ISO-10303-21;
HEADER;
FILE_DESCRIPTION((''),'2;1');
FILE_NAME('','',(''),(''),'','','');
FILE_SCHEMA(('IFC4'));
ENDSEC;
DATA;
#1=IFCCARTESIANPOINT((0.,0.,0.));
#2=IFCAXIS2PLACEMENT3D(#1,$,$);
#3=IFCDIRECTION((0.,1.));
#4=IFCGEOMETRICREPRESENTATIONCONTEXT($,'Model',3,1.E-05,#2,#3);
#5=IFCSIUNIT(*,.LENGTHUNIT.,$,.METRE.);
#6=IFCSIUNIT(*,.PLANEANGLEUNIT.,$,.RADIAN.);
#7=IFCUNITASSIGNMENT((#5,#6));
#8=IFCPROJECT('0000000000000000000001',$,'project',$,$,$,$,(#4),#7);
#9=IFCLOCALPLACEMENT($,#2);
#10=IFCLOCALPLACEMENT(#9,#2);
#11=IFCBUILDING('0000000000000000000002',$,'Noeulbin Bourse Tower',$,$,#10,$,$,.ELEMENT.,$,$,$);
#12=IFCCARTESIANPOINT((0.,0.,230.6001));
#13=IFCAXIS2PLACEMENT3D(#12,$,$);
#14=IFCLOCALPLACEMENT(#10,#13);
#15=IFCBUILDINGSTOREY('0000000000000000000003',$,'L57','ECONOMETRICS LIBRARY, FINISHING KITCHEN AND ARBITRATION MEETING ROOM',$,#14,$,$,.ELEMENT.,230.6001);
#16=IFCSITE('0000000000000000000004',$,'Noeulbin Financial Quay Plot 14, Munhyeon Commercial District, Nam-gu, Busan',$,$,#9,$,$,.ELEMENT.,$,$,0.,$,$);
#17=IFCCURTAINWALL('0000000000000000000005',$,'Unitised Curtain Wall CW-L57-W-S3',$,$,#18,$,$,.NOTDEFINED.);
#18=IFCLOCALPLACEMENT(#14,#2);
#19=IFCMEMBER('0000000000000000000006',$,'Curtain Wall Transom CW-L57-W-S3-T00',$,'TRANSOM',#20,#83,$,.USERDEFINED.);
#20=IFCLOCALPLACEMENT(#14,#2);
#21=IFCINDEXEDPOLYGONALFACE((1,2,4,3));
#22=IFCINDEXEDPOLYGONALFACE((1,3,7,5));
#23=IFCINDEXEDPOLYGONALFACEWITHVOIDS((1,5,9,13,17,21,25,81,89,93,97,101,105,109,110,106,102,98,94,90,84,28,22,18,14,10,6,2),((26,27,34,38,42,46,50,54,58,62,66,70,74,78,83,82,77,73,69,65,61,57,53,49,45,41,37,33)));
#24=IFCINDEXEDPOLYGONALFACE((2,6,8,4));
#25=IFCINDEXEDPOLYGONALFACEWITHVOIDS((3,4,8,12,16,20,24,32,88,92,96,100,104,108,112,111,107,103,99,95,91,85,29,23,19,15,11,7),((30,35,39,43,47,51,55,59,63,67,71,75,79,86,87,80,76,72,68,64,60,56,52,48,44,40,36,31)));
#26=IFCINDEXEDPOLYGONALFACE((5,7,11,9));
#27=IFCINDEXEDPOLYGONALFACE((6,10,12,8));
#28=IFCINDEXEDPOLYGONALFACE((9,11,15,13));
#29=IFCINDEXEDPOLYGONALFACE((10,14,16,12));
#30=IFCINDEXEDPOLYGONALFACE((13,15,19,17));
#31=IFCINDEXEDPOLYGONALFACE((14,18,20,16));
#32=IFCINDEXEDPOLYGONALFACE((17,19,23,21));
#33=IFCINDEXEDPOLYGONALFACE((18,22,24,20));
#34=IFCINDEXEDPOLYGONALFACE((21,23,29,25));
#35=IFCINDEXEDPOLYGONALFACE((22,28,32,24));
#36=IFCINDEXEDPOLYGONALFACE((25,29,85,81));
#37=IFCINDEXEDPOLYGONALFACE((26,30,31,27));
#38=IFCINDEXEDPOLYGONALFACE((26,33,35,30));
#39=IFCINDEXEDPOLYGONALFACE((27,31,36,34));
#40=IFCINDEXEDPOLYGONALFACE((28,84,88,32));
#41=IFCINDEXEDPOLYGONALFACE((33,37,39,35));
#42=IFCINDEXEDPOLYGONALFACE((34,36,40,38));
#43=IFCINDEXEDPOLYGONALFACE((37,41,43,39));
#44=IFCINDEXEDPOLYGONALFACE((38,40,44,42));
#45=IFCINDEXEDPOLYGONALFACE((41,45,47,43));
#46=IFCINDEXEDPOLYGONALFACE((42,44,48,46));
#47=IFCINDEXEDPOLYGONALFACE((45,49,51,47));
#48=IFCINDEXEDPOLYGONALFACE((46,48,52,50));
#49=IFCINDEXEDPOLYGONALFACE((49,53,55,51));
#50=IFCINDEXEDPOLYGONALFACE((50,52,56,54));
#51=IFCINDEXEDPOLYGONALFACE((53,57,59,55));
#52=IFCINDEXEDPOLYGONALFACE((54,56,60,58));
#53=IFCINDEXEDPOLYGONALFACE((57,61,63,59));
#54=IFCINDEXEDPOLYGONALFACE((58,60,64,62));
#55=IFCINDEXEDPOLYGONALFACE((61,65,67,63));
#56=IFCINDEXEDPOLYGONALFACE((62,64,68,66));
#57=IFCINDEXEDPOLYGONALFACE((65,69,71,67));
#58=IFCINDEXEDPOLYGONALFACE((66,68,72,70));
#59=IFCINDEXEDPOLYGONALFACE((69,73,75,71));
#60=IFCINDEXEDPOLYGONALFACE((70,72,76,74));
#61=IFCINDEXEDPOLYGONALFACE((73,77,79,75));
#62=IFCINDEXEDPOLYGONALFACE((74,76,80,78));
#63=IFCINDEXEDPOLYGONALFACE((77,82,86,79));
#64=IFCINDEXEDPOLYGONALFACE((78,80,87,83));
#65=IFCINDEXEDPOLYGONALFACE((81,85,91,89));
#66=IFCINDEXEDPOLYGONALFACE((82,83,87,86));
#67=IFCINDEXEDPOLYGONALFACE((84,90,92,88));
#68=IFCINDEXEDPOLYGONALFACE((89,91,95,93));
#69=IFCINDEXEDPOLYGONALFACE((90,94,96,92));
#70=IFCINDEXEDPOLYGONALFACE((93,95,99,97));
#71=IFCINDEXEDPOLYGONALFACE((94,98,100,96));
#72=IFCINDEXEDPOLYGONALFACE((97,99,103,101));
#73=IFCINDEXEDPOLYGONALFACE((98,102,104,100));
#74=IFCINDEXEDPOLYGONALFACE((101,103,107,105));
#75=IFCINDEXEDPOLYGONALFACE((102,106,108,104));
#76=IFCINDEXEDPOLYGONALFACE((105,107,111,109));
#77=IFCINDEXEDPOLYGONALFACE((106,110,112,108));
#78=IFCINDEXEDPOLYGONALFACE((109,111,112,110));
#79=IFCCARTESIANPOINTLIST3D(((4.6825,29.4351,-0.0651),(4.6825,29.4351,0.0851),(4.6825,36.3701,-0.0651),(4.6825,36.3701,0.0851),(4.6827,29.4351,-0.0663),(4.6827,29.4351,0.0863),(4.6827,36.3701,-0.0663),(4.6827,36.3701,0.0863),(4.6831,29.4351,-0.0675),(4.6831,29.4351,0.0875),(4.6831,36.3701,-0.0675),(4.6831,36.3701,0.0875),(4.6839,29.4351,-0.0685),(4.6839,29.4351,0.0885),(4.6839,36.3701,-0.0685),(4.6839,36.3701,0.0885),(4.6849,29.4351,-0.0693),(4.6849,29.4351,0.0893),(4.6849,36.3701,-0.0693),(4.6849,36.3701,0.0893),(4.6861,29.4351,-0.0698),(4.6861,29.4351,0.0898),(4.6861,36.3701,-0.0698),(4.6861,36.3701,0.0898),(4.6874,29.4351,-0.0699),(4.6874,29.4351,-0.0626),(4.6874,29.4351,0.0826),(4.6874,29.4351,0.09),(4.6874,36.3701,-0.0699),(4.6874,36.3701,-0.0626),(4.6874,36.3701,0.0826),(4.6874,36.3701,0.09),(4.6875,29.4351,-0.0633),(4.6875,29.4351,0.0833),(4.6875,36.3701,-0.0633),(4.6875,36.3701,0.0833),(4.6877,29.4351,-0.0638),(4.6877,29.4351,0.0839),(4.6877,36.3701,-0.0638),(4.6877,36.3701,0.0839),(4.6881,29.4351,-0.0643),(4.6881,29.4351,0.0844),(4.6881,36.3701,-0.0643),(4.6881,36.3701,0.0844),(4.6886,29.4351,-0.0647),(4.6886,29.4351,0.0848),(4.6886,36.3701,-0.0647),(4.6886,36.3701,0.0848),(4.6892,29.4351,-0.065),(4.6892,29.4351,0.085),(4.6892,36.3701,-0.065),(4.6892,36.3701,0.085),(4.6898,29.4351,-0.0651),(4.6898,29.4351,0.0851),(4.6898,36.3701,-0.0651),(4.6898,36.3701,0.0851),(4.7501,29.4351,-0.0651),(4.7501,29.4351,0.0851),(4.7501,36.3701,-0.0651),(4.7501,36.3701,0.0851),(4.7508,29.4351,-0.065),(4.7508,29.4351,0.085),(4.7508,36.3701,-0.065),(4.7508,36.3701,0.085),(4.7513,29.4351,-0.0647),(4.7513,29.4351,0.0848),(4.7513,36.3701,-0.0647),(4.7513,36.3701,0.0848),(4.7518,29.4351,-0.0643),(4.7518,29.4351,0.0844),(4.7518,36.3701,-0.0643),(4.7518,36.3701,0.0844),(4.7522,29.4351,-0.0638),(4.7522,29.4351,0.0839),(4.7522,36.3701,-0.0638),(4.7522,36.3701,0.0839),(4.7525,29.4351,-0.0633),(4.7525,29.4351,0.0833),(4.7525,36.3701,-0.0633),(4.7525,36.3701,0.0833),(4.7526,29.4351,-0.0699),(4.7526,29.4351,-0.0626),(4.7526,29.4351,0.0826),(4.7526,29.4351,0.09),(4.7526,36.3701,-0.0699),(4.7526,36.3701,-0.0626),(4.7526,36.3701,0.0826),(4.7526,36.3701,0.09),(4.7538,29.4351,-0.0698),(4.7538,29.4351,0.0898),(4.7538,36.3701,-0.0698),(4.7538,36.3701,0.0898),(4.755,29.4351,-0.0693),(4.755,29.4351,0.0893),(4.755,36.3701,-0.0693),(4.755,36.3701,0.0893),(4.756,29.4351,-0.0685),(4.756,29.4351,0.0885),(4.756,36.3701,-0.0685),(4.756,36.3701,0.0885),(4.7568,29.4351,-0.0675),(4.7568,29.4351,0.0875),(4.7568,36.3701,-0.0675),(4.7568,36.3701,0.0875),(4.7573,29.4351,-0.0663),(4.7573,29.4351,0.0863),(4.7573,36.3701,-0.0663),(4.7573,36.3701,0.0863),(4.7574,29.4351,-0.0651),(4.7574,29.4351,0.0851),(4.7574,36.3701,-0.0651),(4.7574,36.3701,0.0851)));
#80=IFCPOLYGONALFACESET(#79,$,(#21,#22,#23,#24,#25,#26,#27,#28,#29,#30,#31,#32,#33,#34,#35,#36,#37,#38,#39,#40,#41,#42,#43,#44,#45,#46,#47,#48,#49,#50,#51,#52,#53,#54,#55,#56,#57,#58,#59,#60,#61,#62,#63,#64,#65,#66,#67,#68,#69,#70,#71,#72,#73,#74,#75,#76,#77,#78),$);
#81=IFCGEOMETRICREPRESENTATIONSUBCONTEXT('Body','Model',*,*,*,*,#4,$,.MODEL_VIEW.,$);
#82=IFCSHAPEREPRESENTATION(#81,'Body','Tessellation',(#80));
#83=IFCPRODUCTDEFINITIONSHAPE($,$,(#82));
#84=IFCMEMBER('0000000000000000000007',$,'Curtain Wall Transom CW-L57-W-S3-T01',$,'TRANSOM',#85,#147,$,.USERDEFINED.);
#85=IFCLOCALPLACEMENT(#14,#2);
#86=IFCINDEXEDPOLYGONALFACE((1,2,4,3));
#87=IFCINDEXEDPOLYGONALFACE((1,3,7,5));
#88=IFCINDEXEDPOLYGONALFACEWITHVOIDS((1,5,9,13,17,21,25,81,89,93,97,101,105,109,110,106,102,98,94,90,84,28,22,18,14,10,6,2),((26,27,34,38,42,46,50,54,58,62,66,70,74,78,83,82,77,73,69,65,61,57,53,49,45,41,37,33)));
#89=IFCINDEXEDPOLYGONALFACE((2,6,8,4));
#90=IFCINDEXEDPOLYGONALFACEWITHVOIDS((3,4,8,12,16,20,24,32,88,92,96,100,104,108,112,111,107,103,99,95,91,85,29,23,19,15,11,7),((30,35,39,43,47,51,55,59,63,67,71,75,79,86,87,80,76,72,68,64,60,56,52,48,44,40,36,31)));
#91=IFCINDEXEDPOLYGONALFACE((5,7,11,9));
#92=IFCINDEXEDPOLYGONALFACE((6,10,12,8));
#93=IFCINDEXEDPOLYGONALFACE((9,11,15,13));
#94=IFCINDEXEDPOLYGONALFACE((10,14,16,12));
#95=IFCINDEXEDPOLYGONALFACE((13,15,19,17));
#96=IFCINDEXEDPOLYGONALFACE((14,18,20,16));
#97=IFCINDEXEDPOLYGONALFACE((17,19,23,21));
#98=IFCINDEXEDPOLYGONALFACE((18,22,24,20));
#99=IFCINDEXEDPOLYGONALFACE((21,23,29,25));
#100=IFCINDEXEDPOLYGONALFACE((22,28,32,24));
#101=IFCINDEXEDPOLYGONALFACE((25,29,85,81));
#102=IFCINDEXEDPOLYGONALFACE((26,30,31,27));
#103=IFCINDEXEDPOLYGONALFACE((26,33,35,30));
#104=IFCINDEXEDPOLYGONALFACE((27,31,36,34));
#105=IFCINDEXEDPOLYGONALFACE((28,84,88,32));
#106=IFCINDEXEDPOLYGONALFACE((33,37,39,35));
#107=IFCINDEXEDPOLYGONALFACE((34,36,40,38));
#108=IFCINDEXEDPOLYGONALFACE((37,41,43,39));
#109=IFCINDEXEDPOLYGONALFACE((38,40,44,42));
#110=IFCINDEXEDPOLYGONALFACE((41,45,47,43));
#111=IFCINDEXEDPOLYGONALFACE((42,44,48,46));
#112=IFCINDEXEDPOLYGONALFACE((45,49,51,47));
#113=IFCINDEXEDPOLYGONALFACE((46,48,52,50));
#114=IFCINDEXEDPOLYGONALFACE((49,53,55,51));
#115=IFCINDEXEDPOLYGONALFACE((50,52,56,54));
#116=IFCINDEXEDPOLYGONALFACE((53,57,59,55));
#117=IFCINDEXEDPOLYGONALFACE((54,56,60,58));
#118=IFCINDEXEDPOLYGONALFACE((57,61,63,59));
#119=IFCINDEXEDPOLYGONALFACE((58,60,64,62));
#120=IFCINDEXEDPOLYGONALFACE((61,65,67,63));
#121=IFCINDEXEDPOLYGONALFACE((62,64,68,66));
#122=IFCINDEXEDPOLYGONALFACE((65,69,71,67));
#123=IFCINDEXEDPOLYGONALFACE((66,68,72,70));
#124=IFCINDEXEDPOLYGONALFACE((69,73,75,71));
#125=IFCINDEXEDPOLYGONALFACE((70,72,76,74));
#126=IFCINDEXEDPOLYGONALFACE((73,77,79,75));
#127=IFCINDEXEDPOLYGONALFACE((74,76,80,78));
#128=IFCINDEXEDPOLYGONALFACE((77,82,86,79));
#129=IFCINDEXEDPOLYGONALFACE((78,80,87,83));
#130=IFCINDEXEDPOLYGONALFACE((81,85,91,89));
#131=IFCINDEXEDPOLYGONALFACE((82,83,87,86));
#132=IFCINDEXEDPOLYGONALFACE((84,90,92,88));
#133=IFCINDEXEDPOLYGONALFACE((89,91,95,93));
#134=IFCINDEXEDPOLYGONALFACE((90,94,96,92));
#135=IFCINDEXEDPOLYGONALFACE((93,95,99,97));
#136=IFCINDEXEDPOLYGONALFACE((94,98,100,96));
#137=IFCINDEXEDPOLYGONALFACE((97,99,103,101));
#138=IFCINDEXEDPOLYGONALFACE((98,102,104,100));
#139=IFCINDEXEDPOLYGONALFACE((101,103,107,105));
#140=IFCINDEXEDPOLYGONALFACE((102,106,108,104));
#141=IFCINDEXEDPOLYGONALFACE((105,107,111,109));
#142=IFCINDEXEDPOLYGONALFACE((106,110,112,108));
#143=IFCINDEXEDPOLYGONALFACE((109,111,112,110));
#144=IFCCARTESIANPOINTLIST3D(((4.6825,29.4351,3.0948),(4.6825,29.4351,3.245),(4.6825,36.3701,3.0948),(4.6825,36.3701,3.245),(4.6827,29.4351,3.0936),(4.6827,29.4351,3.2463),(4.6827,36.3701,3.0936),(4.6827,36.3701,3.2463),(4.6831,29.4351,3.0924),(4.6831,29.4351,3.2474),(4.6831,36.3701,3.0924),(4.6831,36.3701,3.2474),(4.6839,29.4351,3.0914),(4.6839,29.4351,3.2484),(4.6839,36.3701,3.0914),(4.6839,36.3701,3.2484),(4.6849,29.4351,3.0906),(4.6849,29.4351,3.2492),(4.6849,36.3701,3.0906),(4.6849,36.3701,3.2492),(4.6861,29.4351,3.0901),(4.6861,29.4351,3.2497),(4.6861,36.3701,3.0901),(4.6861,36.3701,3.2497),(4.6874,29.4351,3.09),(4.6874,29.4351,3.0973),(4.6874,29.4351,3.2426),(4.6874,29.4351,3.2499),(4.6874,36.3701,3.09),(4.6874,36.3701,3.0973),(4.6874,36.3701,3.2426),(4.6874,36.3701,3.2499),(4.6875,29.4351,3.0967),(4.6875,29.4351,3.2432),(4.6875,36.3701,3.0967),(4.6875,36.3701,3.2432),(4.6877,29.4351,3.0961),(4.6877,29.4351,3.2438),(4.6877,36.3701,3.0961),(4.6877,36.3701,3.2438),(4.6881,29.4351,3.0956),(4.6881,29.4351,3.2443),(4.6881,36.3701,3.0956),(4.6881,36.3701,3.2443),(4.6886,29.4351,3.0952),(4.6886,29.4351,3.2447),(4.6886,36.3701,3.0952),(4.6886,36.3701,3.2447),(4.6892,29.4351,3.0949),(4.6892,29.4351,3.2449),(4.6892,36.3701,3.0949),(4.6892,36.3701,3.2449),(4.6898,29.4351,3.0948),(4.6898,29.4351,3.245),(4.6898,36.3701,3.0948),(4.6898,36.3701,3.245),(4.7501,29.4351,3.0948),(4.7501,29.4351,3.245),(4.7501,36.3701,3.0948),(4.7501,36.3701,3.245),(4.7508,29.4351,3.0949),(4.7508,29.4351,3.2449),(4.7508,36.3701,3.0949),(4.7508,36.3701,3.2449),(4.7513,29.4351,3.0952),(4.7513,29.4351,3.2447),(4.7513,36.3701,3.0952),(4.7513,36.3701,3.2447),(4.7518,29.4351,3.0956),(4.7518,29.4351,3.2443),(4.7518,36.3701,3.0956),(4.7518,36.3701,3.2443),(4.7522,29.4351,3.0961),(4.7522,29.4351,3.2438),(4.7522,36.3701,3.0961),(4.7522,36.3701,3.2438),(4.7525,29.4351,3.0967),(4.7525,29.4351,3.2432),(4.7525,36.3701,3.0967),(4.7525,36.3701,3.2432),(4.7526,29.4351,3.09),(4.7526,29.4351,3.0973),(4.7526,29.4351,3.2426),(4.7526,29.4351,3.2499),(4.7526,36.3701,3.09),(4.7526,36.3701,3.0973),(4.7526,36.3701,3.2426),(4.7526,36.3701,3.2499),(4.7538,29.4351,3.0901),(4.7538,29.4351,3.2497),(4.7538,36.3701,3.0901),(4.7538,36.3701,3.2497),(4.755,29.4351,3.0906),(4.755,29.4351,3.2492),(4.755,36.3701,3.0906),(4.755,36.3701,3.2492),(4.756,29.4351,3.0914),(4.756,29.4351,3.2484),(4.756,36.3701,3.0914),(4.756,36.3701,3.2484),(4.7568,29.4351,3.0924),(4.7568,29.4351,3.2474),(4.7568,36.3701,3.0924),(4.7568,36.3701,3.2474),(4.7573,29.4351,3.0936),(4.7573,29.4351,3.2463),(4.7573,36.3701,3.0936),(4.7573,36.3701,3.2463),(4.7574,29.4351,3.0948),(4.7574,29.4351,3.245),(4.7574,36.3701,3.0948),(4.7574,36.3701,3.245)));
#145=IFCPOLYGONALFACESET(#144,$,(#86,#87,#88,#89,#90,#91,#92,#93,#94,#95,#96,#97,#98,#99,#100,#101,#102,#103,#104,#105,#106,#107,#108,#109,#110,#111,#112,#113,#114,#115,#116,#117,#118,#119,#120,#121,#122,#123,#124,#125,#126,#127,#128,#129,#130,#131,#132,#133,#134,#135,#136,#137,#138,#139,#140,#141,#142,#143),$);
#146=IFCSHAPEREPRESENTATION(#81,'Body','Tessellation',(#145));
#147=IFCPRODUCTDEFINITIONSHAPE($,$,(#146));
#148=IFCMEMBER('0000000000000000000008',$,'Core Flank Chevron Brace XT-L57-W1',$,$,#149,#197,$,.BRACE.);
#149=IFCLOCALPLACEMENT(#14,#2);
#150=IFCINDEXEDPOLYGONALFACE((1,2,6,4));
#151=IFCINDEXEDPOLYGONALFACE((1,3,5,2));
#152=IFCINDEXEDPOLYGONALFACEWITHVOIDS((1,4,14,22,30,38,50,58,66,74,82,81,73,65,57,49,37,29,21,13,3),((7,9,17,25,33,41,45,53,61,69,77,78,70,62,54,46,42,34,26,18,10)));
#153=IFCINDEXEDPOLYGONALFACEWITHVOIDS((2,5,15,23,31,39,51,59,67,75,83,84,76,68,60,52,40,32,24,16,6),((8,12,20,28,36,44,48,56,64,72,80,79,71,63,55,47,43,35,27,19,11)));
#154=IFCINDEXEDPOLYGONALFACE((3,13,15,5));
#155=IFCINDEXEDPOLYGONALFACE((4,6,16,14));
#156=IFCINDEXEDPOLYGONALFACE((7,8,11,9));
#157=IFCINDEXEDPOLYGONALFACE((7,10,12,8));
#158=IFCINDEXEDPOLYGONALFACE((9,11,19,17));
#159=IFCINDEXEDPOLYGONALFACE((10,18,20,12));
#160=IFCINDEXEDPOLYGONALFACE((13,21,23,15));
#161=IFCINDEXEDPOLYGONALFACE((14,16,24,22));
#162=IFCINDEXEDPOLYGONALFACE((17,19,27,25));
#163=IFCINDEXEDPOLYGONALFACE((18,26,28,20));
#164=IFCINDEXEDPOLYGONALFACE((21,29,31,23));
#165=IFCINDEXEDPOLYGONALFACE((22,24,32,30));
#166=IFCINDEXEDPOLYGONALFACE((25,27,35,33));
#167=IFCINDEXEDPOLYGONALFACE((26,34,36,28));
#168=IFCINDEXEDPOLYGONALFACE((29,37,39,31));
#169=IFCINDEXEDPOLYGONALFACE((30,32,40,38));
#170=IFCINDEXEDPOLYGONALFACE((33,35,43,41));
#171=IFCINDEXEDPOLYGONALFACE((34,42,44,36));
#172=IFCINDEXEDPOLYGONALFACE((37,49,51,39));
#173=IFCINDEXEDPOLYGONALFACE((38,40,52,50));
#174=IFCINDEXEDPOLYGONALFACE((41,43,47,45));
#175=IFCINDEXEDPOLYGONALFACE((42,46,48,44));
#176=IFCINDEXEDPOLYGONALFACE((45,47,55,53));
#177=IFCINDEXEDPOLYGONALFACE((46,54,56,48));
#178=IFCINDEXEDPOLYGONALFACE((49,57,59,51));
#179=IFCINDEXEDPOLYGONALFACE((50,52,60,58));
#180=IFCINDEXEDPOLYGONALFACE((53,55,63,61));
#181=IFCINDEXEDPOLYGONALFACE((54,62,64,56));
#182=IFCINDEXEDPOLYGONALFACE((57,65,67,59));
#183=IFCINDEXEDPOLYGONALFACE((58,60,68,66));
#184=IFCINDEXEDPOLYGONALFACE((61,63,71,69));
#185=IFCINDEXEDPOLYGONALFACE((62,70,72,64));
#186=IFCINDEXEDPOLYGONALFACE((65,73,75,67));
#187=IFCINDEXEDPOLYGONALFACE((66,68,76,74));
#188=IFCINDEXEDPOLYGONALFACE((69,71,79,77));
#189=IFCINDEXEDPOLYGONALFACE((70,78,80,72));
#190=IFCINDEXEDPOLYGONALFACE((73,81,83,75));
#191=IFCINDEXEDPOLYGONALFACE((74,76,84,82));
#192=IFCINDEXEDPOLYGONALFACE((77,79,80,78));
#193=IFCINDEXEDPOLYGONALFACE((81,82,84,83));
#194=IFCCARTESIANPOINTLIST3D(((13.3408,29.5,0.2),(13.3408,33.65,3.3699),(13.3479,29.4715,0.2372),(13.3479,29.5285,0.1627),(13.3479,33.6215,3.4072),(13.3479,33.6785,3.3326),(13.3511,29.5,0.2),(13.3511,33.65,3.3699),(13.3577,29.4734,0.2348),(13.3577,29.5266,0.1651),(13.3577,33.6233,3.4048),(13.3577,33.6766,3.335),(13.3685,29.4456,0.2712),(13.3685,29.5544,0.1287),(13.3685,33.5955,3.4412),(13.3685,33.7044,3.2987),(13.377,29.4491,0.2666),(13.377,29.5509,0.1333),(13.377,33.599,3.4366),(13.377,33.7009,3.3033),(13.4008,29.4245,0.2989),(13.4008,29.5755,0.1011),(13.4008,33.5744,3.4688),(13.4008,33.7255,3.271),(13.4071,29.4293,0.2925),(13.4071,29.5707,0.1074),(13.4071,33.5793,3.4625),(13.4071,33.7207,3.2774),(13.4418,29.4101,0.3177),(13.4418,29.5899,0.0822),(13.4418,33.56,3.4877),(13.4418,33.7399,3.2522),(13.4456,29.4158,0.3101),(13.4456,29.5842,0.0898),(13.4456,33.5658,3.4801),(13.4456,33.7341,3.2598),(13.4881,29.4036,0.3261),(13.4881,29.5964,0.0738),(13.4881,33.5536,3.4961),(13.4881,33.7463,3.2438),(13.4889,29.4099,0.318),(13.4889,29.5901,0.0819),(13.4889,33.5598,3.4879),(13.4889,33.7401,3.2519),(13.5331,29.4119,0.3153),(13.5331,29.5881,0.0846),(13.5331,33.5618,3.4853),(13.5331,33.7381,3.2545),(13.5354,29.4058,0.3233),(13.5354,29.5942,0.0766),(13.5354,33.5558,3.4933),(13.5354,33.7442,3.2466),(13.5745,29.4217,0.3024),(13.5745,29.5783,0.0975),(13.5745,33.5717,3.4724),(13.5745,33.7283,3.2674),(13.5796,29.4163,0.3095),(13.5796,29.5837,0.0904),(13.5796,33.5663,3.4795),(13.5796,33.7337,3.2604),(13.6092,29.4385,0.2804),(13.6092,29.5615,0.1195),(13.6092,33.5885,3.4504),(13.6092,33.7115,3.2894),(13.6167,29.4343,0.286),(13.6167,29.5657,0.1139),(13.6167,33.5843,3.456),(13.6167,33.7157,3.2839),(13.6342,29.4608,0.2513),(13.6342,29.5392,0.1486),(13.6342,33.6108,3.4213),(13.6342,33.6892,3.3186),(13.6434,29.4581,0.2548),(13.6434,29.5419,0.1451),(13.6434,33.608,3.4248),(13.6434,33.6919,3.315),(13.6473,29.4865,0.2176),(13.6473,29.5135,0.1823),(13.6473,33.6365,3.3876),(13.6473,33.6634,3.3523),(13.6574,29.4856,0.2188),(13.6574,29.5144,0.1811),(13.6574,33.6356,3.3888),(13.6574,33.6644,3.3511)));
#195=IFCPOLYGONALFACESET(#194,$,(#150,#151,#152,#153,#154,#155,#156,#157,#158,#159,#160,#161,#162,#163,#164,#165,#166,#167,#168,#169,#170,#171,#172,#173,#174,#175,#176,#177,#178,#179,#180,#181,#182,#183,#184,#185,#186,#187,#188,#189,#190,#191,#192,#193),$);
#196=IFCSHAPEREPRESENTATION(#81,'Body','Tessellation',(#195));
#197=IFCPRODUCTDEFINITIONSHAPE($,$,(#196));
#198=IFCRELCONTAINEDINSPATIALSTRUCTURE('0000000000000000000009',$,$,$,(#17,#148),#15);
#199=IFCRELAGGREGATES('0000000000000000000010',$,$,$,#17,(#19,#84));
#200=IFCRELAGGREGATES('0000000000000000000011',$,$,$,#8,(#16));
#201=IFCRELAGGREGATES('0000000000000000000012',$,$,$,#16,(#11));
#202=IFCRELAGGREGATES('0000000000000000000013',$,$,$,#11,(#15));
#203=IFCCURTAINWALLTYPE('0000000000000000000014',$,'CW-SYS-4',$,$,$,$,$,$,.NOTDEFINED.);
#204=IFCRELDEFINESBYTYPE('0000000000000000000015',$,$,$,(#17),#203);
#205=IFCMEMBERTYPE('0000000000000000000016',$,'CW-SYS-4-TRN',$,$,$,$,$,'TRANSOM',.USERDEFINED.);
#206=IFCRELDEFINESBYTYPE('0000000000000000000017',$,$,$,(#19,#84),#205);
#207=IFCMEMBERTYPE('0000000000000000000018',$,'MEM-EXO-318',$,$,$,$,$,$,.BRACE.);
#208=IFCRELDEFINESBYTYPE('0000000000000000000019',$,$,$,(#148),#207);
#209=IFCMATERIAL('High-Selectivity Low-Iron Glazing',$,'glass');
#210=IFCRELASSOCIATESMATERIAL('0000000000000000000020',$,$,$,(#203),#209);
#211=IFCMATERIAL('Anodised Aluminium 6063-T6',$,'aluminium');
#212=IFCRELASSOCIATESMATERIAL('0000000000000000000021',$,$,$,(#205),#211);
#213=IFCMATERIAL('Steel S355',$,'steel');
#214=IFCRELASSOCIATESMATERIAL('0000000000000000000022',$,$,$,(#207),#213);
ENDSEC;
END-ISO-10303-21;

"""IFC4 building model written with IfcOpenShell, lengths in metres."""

from ifc_helpers import new_model, si_unit, direction, frame, origin, origin_2d, place, context, subcontext, project, spatial, hollow_rectangle, hollow_circle, extrude, material, material_profile, profile_set, type_object, element, aggregate, save


model = new_model("IFC4")

# Units and contexts
model_context = context("Model", 3, precision=1e-05, world=origin(), true_north=direction((0.0, 1.0)))
body_context = subcontext(model_context, "Body", "Model", "MODEL_VIEW")
ifc_project = project(units=[si_unit("LENGTHUNIT", "METRE"), si_unit("PLANEANGLEUNIT", "RADIAN")], contexts=[model_context])

# Site, building, storey
site_placement = place(None, origin())
site = spatial("IfcSite", under=ifc_project, at=site_placement, Name="Noeulbin Financial Quay Plot 14, Munhyeon Commercial District, Nam-gu, Busan", CompositionType="ELEMENT", RefElevation=0.0)
building_placement = place(site_placement, origin())
building = spatial("IfcBuilding", under=site, at=building_placement, Name="Noeulbin Bourse Tower", CompositionType="ELEMENT")
storey_placement = place(building_placement, frame((0.0, 0.0, 230.6001)))
storey = spatial("IfcBuildingStorey", under=building, at=storey_placement, Name="L57", Description="ECONOMETRICS LIBRARY, FINISHING KITCHEN AND ARBITRATION MEETING ROOM", CompositionType="ELEMENT", Elevation=230.6001)

# Shared definitions
ifc_material_1 = material(Name="Steel S355", Category="steel")

# Shared definitions
ifc_material_2 = material(Name="High-Selectivity Low-Iron Glazing", Category="glass")
curtain_wall_type = type_object("IfcCurtainWallType", Name="CW-SYS-4", PredefinedType="NOTDEFINED", material=ifc_material_2)
ifc_material_3 = material(Name="Anodised Aluminium 6063-T6", Category="aluminium")

# Curtain wall, members
curtain_wall_1_placement = place(storey_placement, origin())
curtain_wall_1 = element("IfcCurtainWall", 1, at=curtain_wall_1_placement, inside=storey, type_object=curtain_wall_type, Name="Unitised Curtain Wall CW-L57-W-S3", PredefinedType="NOTDEFINED")
ifc_material_profile_1 = material_profile(ifc_material_3, hollow_rectangle(XDim=0.075, YDim=0.1599, WallThickness=0.0049, InnerFilletRadius=0.0024, OuterFilletRadius=0.0049, at=origin_2d()), Name="ALU-TRAN-75x160x5", Category="LoadBearing")
ifc_profile_set_1 = profile_set([ifc_material_profile_1], Name="Anodised Aluminium 6063-T6")
member_type_1 = type_object("IfcMemberType", Name="CW-SYS-4-TRN", ElementType="TRANSOM", PredefinedType="USERDEFINED", material=ifc_profile_set_1)
member_1_placement = place(storey_placement, frame((4.72, 29.4351, 0.01), z_axis=(0.0, 1.0, 0.0), x_axis=(-1.0, 0.0, 0.0)))
member_1 = element("IfcMember", 2, at=member_1_placement, type_object=member_type_1, Name="Curtain Wall Transom CW-L57-W-S3-T00", ObjectType="TRANSOM", PredefinedType="USERDEFINED", context=body_context, shape_type="SweptSolid", body=[
    extrude(hollow_rectangle(XDim=0.075, YDim=0.1599, WallThickness=0.0049, InnerFilletRadius=0.0024, OuterFilletRadius=0.0049, at=origin_2d()), origin(), (0.0, 0.0, 1.0), 6.9351),
])
member_2_placement = place(storey_placement, frame((4.72, 29.4351, 3.1699), z_axis=(0.0, 1.0, 0.0), x_axis=(-1.0, 0.0, 0.0)))
member_2 = element("IfcMember", 3, at=member_2_placement, type_object=member_type_1, Name="Curtain Wall Transom CW-L57-W-S3-T01", ObjectType="TRANSOM", PredefinedType="USERDEFINED", context=body_context, shape_type="SweptSolid", body=[
    extrude(hollow_rectangle(XDim=0.075, YDim=0.1599, WallThickness=0.0049, InnerFilletRadius=0.0024, OuterFilletRadius=0.0049, at=origin_2d()), origin(), (0.0, 0.0, 1.0), 6.9351),
])
aggregate(curtain_wall_1, [member_1, member_2])

# Member
ifc_material_profile_2 = material_profile(ifc_material_1, hollow_circle(Radius=0.1592, WallThickness=0.0103, at=origin_2d()), Name="CHS-318.5x10.3", Category="LoadBearing")
ifc_profile_set_2 = profile_set([ifc_material_profile_2], Name="Steel S355")
member_type_2 = type_object("IfcMemberType", Name="MEM-EXO-318", PredefinedType="BRACE", material=ifc_profile_set_2)
member_3_placement = place(storey_placement, frame((13.5, 29.5, 0.2), z_axis=(0.0, 0.794684, 0.607023), x_axis=(-1.0, 0.0, 0.0)))
element("IfcMember", 4, at=member_3_placement, inside=storey, type_object=member_type_2, Name="Core Flank Chevron Brace XT-L57-W1", PredefinedType="BRACE", context=body_context, shape_type="SweptSolid", body=[
    extrude(hollow_circle(Radius=0.1592, WallThickness=0.0103, at=origin_2d()), origin(), (0.0, 0.0, 1.0), 5.2222),
])

save(model, "model.ifc")
